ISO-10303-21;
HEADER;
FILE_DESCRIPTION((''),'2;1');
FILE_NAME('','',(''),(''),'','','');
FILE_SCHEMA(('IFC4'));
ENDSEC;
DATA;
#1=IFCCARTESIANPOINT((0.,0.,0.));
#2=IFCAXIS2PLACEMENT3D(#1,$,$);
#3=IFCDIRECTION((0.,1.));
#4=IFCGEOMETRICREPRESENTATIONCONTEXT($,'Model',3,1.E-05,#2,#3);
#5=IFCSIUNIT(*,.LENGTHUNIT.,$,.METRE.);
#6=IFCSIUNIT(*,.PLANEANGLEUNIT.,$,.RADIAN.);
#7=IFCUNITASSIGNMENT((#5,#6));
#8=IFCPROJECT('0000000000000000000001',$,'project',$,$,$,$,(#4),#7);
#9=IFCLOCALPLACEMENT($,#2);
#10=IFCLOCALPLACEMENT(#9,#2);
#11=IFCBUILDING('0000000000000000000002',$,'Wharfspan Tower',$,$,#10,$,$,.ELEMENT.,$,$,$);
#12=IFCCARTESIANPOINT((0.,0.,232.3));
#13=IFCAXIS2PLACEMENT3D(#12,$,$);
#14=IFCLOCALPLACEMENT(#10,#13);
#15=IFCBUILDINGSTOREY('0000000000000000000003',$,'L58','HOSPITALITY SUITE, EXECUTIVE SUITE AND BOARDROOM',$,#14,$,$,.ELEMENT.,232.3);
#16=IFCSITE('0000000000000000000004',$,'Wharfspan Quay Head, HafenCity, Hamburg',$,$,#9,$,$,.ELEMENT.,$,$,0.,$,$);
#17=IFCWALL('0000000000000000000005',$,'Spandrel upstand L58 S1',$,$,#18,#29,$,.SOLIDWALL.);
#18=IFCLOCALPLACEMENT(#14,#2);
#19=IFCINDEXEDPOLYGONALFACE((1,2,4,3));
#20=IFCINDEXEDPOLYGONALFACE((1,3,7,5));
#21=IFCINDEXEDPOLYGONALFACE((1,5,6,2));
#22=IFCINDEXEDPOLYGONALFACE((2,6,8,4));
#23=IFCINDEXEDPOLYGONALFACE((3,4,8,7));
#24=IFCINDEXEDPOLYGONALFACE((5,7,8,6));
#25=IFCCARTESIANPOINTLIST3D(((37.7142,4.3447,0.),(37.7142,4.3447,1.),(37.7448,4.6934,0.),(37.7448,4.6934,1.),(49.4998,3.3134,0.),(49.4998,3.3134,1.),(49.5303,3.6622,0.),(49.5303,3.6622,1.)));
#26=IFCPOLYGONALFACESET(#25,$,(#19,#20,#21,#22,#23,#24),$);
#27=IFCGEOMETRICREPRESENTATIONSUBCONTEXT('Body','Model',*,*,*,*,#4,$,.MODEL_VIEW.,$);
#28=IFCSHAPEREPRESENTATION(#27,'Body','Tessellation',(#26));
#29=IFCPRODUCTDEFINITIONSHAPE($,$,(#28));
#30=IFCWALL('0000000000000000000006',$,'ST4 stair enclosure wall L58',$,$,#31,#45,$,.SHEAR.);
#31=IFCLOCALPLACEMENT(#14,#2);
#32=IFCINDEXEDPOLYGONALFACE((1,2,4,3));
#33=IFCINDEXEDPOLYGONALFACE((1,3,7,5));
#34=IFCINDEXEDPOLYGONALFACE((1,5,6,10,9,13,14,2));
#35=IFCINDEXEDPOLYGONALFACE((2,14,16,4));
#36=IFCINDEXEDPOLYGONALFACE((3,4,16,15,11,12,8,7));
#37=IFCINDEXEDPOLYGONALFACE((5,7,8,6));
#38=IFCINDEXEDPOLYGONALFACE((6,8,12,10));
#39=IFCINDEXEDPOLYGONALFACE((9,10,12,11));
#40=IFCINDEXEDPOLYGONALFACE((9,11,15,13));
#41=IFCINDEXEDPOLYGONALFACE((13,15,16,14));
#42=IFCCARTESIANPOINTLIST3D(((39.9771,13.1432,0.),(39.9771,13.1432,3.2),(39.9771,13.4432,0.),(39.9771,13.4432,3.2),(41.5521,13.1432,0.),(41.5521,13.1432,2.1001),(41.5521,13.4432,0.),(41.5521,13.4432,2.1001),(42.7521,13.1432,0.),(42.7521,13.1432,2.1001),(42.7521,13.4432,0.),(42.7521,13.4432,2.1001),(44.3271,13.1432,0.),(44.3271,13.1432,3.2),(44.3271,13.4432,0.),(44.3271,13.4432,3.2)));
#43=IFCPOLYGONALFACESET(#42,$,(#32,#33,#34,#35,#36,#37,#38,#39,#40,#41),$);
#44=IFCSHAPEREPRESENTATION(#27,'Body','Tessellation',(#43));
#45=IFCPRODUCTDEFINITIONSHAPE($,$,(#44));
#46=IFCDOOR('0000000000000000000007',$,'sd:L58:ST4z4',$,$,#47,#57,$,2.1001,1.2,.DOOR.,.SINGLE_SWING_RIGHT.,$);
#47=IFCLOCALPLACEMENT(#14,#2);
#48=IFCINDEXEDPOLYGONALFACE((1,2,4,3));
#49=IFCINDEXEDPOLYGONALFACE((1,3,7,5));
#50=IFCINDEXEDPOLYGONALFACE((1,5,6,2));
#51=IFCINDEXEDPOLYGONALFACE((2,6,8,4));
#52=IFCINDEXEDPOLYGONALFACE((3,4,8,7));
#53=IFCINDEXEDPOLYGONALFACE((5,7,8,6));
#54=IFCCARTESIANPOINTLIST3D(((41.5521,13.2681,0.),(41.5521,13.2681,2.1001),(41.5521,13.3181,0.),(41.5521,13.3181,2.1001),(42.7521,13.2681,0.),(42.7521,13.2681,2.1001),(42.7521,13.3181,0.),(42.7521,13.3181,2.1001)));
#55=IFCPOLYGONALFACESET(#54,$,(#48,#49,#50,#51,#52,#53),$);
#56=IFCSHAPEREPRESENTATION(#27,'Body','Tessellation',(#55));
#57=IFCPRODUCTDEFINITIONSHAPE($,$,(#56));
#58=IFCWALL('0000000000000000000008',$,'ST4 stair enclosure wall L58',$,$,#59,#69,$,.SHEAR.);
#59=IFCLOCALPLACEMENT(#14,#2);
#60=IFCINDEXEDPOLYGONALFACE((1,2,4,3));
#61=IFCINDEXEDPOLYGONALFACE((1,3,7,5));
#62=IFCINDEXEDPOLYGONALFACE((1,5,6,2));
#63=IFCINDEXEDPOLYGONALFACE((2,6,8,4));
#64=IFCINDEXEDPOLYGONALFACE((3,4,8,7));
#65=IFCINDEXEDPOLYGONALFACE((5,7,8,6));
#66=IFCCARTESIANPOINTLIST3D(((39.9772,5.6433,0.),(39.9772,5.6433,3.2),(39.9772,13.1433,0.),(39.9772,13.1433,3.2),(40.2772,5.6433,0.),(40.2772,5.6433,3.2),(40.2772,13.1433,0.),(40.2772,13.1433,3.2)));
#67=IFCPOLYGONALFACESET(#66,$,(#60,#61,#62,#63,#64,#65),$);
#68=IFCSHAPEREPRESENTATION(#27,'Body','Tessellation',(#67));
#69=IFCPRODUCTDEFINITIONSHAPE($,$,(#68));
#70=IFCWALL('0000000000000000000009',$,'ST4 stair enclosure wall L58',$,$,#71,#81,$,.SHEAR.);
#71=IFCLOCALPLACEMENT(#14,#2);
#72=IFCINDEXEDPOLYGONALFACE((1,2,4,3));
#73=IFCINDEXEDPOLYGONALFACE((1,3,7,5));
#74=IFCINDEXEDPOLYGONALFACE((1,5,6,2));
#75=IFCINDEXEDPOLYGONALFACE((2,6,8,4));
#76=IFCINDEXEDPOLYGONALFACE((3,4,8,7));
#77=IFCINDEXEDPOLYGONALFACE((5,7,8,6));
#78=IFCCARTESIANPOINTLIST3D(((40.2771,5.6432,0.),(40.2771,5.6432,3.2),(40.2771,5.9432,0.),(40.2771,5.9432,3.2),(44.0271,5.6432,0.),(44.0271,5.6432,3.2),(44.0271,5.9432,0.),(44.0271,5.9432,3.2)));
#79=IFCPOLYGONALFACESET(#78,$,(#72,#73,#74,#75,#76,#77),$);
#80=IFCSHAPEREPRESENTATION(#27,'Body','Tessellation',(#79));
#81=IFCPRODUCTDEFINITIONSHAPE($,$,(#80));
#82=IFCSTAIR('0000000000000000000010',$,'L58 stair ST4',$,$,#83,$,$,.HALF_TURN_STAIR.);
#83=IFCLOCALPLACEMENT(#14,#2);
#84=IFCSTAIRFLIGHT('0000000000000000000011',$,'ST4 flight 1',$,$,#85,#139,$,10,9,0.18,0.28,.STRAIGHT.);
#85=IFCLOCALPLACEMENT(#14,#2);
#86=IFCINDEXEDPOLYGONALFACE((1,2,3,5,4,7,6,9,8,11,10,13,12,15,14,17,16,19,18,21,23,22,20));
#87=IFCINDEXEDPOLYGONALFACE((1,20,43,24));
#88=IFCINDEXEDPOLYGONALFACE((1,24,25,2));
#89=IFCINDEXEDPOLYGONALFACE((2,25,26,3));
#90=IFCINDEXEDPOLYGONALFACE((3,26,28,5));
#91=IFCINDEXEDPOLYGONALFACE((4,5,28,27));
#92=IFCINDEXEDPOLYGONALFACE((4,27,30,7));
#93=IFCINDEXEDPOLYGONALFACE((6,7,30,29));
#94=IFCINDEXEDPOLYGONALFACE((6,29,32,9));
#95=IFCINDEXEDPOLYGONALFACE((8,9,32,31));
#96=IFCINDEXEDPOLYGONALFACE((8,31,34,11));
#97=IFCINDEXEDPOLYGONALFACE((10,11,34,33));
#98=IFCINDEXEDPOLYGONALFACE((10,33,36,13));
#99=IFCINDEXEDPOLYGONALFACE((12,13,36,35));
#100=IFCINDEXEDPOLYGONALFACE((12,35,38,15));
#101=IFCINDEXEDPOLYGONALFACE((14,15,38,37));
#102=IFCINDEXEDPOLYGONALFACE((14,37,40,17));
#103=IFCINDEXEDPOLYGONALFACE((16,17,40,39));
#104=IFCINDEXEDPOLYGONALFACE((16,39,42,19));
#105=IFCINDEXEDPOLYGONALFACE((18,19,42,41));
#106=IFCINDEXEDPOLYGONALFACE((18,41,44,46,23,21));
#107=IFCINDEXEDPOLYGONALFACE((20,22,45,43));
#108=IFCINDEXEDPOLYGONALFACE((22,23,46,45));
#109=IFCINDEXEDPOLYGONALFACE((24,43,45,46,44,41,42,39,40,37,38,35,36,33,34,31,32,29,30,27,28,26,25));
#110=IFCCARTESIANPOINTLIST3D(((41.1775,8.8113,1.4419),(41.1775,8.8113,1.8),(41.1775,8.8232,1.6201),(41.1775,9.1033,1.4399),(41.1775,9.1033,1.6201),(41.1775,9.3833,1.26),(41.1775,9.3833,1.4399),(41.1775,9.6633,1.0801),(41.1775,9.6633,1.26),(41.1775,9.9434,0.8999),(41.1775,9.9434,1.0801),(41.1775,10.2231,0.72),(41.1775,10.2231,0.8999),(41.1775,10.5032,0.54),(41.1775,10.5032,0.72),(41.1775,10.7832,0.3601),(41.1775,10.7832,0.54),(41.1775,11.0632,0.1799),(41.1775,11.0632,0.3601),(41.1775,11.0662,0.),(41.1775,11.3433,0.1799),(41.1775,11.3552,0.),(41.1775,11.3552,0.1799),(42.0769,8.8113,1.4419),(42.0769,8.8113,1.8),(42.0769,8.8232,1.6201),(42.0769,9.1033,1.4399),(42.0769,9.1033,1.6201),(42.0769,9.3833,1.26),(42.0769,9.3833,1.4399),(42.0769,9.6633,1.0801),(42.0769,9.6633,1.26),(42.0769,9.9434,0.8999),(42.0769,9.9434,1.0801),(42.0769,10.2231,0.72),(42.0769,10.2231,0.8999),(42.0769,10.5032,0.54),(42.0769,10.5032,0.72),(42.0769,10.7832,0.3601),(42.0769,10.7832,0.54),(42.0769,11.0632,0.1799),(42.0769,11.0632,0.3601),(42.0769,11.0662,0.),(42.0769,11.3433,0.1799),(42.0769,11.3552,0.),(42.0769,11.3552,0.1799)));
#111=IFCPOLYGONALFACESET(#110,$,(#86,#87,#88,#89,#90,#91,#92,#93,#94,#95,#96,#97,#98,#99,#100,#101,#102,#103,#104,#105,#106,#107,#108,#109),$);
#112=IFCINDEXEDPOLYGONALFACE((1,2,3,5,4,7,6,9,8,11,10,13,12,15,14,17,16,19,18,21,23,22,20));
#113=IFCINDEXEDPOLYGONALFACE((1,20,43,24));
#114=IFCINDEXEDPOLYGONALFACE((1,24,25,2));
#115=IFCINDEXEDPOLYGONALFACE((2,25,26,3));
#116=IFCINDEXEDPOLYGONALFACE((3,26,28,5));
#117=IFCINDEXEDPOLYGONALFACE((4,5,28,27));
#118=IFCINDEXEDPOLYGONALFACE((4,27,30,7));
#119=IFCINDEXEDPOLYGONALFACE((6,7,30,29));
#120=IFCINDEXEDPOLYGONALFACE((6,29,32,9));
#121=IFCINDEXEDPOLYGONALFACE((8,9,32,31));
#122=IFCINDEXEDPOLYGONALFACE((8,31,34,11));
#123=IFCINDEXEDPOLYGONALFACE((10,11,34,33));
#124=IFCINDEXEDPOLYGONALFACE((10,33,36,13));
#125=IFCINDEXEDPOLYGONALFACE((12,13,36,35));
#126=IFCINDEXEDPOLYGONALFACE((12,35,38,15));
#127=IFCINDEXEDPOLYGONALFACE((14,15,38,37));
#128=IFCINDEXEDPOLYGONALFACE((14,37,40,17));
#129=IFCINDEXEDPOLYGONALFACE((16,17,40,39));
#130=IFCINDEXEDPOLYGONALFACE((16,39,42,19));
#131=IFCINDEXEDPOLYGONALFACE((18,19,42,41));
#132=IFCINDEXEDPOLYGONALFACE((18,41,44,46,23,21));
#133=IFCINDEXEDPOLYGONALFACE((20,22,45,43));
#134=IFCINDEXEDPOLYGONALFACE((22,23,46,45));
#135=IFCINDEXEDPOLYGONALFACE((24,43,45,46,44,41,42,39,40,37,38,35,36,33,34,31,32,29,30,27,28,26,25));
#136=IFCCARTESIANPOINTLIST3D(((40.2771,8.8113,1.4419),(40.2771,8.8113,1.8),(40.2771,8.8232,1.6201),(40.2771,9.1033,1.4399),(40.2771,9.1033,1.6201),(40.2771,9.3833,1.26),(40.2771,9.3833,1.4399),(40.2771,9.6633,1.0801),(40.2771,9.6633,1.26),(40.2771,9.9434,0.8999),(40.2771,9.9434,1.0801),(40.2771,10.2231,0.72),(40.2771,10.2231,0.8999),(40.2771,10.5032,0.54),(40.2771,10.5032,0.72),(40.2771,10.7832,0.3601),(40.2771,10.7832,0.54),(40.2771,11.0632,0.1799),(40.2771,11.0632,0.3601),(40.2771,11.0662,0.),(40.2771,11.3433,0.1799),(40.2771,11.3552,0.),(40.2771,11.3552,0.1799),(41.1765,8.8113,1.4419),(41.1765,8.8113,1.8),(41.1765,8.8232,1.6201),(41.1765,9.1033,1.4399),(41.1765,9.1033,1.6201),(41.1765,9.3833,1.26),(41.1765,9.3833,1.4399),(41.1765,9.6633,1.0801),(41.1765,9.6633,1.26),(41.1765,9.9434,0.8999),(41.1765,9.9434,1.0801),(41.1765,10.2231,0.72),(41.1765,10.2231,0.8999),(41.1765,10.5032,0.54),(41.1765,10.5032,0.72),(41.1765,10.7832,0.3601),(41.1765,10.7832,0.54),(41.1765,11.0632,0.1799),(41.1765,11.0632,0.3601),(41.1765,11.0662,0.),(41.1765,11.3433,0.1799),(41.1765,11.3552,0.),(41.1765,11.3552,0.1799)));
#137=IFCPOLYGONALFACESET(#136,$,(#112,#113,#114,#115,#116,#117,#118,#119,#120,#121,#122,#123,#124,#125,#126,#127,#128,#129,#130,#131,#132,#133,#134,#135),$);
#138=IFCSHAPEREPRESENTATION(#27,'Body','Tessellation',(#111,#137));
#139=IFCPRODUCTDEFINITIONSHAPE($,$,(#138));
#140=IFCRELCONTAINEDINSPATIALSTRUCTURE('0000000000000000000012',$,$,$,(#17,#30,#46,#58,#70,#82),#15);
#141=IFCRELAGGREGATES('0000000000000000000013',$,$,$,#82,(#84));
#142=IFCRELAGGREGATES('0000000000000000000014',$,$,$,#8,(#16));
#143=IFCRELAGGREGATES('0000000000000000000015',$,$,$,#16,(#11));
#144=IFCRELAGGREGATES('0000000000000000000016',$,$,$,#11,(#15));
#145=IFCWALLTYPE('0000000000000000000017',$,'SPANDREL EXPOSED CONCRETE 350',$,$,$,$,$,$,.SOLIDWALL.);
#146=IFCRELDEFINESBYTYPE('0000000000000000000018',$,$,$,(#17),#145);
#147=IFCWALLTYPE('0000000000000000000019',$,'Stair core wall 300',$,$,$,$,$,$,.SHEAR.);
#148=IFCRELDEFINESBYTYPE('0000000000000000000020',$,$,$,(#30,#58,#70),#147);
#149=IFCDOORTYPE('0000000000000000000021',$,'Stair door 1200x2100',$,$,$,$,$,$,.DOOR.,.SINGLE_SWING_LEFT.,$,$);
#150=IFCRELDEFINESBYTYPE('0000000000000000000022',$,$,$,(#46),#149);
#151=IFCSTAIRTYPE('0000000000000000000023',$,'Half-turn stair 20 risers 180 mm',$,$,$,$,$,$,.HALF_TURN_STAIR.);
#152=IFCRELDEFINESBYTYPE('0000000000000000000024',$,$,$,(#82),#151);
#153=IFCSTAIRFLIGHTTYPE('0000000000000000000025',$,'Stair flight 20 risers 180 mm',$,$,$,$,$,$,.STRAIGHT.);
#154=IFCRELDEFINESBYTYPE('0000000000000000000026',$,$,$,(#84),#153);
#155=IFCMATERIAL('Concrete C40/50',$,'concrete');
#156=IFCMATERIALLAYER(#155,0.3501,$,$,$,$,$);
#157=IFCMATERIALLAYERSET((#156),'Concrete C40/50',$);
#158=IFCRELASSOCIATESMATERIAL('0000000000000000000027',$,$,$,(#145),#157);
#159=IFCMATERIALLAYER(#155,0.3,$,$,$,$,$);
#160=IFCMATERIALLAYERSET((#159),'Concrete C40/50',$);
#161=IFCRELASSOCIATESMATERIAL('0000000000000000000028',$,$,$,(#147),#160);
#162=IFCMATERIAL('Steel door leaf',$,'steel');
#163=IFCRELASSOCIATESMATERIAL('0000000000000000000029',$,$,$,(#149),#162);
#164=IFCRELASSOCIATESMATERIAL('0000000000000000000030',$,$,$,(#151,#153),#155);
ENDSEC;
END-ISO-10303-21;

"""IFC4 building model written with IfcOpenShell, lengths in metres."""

from ifc_helpers import new_model, si_unit, direction, frame, frame_2d, origin, place, context, subcontext, project, spatial, polyline, rectangle, outline, extrude, material, layer, layer_set, type_object, element, fill, aggregate, save


model = new_model("IFC4")

# Units and contexts
model_context = context("Model", 3, precision=1e-05, world=origin(), true_north=direction((0.0, 1.0)))
body_context = subcontext(model_context, "Body", "Model", "MODEL_VIEW")
ifc_project = project(units=[si_unit("LENGTHUNIT", "METRE"), si_unit("PLANEANGLEUNIT", "RADIAN")], contexts=[model_context])

# Site, building, storey
site_placement = place(None, origin())
site = spatial("IfcSite", under=ifc_project, at=site_placement, Name="Wharfspan Quay Head, HafenCity, Hamburg", CompositionType="ELEMENT", RefElevation=0.0)
building_placement = place(site_placement, origin())
building = spatial("IfcBuilding", under=site, at=building_placement, Name="Wharfspan Tower", CompositionType="ELEMENT")
storey_placement = place(building_placement, frame((0.0, 0.0, 232.3)))
storey = spatial("IfcBuildingStorey", under=building, at=storey_placement, Name="L58", Description="HOSPITALITY SUITE, EXECUTIVE SUITE AND BOARDROOM", CompositionType="ELEMENT", Elevation=232.3)

# Wall
ifc_material_1 = material(Name="Concrete C40/50", Category="concrete")
ifc_layer_1 = layer(ifc_material_1, 0.3501)
ifc_layer_set_1 = layer_set([ifc_layer_1], Name="Concrete C40/50")
wall_type_1 = type_object("IfcWallType", Name="SPANDREL EXPOSED CONCRETE 350", PredefinedType="SOLIDWALL", material=ifc_layer_set_1)
wall_1_placement = place(storey_placement, frame((37.7295, 4.519, 0.0), z_axis=(0.0, 0.0, 1.0), x_axis=(0.99619, -0.087167, 0.0)))
element("IfcWall", 1, at=wall_1_placement, inside=storey, type_object=wall_type_1, Name="Spandrel upstand L58 S1", PredefinedType="SOLIDWALL", context=body_context, shape_type="SweptSolid", body=[
    extrude(rectangle(XDim=11.8306, YDim=0.3501, at=frame_2d((5.9153, 0.0))), origin(), (0.0, 0.0, 1.0), 1.0),
])

# Wall, opening, door
ifc_layer_2 = layer(ifc_material_1, 0.3)
ifc_layer_set_2 = layer_set([ifc_layer_2], Name="Concrete C40/50")
wall_type_2 = type_object("IfcWallType", Name="Stair core wall 300", PredefinedType="SHEAR", material=ifc_layer_set_2)
wall_2_placement = place(storey_placement, frame((39.9771, 13.2932, 0.0), z_axis=(0.0, 0.0, 1.0), x_axis=(1.0, 0.0, 0.0)))
wall_2 = element("IfcWall", 2, at=wall_2_placement, inside=storey, type_object=wall_type_2, Name="ST4 stair enclosure wall L58", PredefinedType="SHEAR", context=body_context, shape_type="SweptSolid", body=[
    extrude(rectangle(XDim=4.3501, YDim=0.3, at=frame_2d((2.175, 0.0))), origin(), (0.0, 0.0, 1.0), 3.2),
])
opening_1_placement = place(wall_2_placement, frame((1.575, 0.0, 0.0)))
opening_1 = element("IfcOpeningElement", 3, at=opening_1_placement, cuts=wall_2, PredefinedType="OPENING", context=body_context, shape_type="SweptSolid", body=[
    extrude(rectangle(XDim=1.2, YDim=2.1001, at=frame_2d((0.6001, 1.05))), frame((0.0, 0.1599, 0.0), z_axis=(0.0, -1.0, 0.0), x_axis=(1.0, 0.0, 0.0)), (0.0, 0.0, 1.0), 0.3201),
])
ifc_material_2 = material(Name="Steel door leaf", Category="steel")
door_type_1 = type_object("IfcDoorType", Name="Stair door 1200x2100", OperationType="SINGLE_SWING_LEFT", PredefinedType="DOOR", material=ifc_material_2)
door_1_placement = place(opening_1_placement, origin())
door_1 = element("IfcDoor", 4, at=door_1_placement, inside=storey, type_object=door_type_1, Name="sd:L58:ST4z4", OperationType="SINGLE_SWING_RIGHT", OverallHeight=2.1001, OverallWidth=1.2, PredefinedType="DOOR", context=body_context, shape_type="SweptSolid", body=[
    extrude(rectangle(XDim=1.2, YDim=2.1001, at=frame_2d((0.6001, 1.05))), frame((0.0, 0.0249, 0.0), z_axis=(0.0, -1.0, 0.0), x_axis=(1.0, 0.0, 0.0)), (0.0, 0.0, 1.0), 0.05),
])
fill(opening_1, door_1)

# Walls
wall_3_placement = place(storey_placement, frame((40.1272, 5.6433, 0.0), z_axis=(0.0, 0.0, 1.0), x_axis=(0.0, 1.0, 0.0)))
element("IfcWall", 5, at=wall_3_placement, inside=storey, type_object=wall_type_2, Name="ST4 stair enclosure wall L58", PredefinedType="SHEAR", context=body_context, shape_type="SweptSolid", body=[
    extrude(rectangle(XDim=7.5, YDim=0.3, at=frame_2d((3.75, 0.0))), origin(), (0.0, 0.0, 1.0), 3.2),
])
wall_4_placement = place(storey_placement, frame((40.2771, 5.7932, 0.0), z_axis=(0.0, 0.0, 1.0), x_axis=(1.0, 0.0, 0.0)))
element("IfcWall", 6, at=wall_4_placement, inside=storey, type_object=wall_type_2, Name="ST4 stair enclosure wall L58", PredefinedType="SHEAR", context=body_context, shape_type="SweptSolid", body=[
    extrude(rectangle(XDim=3.75, YDim=0.3, at=frame_2d((1.875, 0.0))), origin(), (0.0, 0.0, 1.0), 3.2),
])

# Stair, stair flight
stair_type = type_object("IfcStairType", Name="Half-turn stair 20 risers 180 mm", PredefinedType="HALF_TURN_STAIR", material=ifc_material_1)
stair_placement = place(storey_placement, origin())
stair = element("IfcStair", 7, at=stair_placement, inside=storey, type_object=stair_type, Name="L58 stair ST4", PredefinedType="HALF_TURN_STAIR")
stair_flight_type = type_object("IfcStairFlightType", Name="Stair flight 20 risers 180 mm", PredefinedType="STRAIGHT", material=ifc_material_1)
stair_flight_1_placement = place(storey_placement, frame((41.177, 11.3433, 0.0), z_axis=(0.0, 0.0, 1.0), x_axis=(0.0, -1.0, 0.0)))
stair_flight_1 = element("IfcStairFlight", 8, at=stair_flight_1_placement, type_object=stair_flight_type, Name="ST4 flight 1", NumberOfRisers=10, NumberOfTreads=9, PredefinedType="STRAIGHT", RiserHeight=0.18, TreadLength=0.28, context=body_context, shape_type="SweptSolid", body=[
    extrude(outline(polyline([(-0.012, 0.0), (-0.012, 0.1799), (0.0, 0.1799), (0.28, 0.1799), (0.28, 0.3601), (0.5601, 0.3601), (0.5601, 0.54), (0.8401, 0.54), (0.8401, 0.72), (1.1201, 0.72), (1.1201, 0.8999), (1.3999, 0.8999), (1.3999, 1.0801), (1.6799, 1.0801), (1.6799, 1.26), (1.96, 1.26), (1.96, 1.4399), (2.24, 1.4399), (2.24, 1.6201), (2.52, 1.6201), (2.532, 1.8), (2.532, 1.4419), (0.2771, 0.0), (-0.012, 0.0)])), frame((0.0, 0.8999, 0.0), z_axis=(0.0, -1.0, 0.0), x_axis=(1.0, 0.0, 0.0)), (0.0, 0.0, 1.0), 0.8994),
    extrude(outline(polyline([(-0.012, 0.0), (-0.012, 0.1799), (0.0, 0.1799), (0.28, 0.1799), (0.28, 0.3601), (0.5601, 0.3601), (0.5601, 0.54), (0.8401, 0.54), (0.8401, 0.72), (1.1201, 0.72), (1.1201, 0.8999), (1.3999, 0.8999), (1.3999, 1.0801), (1.6799, 1.0801), (1.6799, 1.26), (1.96, 1.26), (1.96, 1.4399), (2.24, 1.4399), (2.24, 1.6201), (2.52, 1.6201), (2.532, 1.8), (2.532, 1.4419), (0.2771, 0.0), (-0.012, 0.0)])), frame((0.0, -0.0005, 0.0), z_axis=(0.0, -1.0, 0.0), x_axis=(1.0, 0.0, 0.0)), (0.0, 0.0, 1.0), 0.8994),
])
aggregate(stair, [stair_flight_1])

save(model, "model.ifc")
